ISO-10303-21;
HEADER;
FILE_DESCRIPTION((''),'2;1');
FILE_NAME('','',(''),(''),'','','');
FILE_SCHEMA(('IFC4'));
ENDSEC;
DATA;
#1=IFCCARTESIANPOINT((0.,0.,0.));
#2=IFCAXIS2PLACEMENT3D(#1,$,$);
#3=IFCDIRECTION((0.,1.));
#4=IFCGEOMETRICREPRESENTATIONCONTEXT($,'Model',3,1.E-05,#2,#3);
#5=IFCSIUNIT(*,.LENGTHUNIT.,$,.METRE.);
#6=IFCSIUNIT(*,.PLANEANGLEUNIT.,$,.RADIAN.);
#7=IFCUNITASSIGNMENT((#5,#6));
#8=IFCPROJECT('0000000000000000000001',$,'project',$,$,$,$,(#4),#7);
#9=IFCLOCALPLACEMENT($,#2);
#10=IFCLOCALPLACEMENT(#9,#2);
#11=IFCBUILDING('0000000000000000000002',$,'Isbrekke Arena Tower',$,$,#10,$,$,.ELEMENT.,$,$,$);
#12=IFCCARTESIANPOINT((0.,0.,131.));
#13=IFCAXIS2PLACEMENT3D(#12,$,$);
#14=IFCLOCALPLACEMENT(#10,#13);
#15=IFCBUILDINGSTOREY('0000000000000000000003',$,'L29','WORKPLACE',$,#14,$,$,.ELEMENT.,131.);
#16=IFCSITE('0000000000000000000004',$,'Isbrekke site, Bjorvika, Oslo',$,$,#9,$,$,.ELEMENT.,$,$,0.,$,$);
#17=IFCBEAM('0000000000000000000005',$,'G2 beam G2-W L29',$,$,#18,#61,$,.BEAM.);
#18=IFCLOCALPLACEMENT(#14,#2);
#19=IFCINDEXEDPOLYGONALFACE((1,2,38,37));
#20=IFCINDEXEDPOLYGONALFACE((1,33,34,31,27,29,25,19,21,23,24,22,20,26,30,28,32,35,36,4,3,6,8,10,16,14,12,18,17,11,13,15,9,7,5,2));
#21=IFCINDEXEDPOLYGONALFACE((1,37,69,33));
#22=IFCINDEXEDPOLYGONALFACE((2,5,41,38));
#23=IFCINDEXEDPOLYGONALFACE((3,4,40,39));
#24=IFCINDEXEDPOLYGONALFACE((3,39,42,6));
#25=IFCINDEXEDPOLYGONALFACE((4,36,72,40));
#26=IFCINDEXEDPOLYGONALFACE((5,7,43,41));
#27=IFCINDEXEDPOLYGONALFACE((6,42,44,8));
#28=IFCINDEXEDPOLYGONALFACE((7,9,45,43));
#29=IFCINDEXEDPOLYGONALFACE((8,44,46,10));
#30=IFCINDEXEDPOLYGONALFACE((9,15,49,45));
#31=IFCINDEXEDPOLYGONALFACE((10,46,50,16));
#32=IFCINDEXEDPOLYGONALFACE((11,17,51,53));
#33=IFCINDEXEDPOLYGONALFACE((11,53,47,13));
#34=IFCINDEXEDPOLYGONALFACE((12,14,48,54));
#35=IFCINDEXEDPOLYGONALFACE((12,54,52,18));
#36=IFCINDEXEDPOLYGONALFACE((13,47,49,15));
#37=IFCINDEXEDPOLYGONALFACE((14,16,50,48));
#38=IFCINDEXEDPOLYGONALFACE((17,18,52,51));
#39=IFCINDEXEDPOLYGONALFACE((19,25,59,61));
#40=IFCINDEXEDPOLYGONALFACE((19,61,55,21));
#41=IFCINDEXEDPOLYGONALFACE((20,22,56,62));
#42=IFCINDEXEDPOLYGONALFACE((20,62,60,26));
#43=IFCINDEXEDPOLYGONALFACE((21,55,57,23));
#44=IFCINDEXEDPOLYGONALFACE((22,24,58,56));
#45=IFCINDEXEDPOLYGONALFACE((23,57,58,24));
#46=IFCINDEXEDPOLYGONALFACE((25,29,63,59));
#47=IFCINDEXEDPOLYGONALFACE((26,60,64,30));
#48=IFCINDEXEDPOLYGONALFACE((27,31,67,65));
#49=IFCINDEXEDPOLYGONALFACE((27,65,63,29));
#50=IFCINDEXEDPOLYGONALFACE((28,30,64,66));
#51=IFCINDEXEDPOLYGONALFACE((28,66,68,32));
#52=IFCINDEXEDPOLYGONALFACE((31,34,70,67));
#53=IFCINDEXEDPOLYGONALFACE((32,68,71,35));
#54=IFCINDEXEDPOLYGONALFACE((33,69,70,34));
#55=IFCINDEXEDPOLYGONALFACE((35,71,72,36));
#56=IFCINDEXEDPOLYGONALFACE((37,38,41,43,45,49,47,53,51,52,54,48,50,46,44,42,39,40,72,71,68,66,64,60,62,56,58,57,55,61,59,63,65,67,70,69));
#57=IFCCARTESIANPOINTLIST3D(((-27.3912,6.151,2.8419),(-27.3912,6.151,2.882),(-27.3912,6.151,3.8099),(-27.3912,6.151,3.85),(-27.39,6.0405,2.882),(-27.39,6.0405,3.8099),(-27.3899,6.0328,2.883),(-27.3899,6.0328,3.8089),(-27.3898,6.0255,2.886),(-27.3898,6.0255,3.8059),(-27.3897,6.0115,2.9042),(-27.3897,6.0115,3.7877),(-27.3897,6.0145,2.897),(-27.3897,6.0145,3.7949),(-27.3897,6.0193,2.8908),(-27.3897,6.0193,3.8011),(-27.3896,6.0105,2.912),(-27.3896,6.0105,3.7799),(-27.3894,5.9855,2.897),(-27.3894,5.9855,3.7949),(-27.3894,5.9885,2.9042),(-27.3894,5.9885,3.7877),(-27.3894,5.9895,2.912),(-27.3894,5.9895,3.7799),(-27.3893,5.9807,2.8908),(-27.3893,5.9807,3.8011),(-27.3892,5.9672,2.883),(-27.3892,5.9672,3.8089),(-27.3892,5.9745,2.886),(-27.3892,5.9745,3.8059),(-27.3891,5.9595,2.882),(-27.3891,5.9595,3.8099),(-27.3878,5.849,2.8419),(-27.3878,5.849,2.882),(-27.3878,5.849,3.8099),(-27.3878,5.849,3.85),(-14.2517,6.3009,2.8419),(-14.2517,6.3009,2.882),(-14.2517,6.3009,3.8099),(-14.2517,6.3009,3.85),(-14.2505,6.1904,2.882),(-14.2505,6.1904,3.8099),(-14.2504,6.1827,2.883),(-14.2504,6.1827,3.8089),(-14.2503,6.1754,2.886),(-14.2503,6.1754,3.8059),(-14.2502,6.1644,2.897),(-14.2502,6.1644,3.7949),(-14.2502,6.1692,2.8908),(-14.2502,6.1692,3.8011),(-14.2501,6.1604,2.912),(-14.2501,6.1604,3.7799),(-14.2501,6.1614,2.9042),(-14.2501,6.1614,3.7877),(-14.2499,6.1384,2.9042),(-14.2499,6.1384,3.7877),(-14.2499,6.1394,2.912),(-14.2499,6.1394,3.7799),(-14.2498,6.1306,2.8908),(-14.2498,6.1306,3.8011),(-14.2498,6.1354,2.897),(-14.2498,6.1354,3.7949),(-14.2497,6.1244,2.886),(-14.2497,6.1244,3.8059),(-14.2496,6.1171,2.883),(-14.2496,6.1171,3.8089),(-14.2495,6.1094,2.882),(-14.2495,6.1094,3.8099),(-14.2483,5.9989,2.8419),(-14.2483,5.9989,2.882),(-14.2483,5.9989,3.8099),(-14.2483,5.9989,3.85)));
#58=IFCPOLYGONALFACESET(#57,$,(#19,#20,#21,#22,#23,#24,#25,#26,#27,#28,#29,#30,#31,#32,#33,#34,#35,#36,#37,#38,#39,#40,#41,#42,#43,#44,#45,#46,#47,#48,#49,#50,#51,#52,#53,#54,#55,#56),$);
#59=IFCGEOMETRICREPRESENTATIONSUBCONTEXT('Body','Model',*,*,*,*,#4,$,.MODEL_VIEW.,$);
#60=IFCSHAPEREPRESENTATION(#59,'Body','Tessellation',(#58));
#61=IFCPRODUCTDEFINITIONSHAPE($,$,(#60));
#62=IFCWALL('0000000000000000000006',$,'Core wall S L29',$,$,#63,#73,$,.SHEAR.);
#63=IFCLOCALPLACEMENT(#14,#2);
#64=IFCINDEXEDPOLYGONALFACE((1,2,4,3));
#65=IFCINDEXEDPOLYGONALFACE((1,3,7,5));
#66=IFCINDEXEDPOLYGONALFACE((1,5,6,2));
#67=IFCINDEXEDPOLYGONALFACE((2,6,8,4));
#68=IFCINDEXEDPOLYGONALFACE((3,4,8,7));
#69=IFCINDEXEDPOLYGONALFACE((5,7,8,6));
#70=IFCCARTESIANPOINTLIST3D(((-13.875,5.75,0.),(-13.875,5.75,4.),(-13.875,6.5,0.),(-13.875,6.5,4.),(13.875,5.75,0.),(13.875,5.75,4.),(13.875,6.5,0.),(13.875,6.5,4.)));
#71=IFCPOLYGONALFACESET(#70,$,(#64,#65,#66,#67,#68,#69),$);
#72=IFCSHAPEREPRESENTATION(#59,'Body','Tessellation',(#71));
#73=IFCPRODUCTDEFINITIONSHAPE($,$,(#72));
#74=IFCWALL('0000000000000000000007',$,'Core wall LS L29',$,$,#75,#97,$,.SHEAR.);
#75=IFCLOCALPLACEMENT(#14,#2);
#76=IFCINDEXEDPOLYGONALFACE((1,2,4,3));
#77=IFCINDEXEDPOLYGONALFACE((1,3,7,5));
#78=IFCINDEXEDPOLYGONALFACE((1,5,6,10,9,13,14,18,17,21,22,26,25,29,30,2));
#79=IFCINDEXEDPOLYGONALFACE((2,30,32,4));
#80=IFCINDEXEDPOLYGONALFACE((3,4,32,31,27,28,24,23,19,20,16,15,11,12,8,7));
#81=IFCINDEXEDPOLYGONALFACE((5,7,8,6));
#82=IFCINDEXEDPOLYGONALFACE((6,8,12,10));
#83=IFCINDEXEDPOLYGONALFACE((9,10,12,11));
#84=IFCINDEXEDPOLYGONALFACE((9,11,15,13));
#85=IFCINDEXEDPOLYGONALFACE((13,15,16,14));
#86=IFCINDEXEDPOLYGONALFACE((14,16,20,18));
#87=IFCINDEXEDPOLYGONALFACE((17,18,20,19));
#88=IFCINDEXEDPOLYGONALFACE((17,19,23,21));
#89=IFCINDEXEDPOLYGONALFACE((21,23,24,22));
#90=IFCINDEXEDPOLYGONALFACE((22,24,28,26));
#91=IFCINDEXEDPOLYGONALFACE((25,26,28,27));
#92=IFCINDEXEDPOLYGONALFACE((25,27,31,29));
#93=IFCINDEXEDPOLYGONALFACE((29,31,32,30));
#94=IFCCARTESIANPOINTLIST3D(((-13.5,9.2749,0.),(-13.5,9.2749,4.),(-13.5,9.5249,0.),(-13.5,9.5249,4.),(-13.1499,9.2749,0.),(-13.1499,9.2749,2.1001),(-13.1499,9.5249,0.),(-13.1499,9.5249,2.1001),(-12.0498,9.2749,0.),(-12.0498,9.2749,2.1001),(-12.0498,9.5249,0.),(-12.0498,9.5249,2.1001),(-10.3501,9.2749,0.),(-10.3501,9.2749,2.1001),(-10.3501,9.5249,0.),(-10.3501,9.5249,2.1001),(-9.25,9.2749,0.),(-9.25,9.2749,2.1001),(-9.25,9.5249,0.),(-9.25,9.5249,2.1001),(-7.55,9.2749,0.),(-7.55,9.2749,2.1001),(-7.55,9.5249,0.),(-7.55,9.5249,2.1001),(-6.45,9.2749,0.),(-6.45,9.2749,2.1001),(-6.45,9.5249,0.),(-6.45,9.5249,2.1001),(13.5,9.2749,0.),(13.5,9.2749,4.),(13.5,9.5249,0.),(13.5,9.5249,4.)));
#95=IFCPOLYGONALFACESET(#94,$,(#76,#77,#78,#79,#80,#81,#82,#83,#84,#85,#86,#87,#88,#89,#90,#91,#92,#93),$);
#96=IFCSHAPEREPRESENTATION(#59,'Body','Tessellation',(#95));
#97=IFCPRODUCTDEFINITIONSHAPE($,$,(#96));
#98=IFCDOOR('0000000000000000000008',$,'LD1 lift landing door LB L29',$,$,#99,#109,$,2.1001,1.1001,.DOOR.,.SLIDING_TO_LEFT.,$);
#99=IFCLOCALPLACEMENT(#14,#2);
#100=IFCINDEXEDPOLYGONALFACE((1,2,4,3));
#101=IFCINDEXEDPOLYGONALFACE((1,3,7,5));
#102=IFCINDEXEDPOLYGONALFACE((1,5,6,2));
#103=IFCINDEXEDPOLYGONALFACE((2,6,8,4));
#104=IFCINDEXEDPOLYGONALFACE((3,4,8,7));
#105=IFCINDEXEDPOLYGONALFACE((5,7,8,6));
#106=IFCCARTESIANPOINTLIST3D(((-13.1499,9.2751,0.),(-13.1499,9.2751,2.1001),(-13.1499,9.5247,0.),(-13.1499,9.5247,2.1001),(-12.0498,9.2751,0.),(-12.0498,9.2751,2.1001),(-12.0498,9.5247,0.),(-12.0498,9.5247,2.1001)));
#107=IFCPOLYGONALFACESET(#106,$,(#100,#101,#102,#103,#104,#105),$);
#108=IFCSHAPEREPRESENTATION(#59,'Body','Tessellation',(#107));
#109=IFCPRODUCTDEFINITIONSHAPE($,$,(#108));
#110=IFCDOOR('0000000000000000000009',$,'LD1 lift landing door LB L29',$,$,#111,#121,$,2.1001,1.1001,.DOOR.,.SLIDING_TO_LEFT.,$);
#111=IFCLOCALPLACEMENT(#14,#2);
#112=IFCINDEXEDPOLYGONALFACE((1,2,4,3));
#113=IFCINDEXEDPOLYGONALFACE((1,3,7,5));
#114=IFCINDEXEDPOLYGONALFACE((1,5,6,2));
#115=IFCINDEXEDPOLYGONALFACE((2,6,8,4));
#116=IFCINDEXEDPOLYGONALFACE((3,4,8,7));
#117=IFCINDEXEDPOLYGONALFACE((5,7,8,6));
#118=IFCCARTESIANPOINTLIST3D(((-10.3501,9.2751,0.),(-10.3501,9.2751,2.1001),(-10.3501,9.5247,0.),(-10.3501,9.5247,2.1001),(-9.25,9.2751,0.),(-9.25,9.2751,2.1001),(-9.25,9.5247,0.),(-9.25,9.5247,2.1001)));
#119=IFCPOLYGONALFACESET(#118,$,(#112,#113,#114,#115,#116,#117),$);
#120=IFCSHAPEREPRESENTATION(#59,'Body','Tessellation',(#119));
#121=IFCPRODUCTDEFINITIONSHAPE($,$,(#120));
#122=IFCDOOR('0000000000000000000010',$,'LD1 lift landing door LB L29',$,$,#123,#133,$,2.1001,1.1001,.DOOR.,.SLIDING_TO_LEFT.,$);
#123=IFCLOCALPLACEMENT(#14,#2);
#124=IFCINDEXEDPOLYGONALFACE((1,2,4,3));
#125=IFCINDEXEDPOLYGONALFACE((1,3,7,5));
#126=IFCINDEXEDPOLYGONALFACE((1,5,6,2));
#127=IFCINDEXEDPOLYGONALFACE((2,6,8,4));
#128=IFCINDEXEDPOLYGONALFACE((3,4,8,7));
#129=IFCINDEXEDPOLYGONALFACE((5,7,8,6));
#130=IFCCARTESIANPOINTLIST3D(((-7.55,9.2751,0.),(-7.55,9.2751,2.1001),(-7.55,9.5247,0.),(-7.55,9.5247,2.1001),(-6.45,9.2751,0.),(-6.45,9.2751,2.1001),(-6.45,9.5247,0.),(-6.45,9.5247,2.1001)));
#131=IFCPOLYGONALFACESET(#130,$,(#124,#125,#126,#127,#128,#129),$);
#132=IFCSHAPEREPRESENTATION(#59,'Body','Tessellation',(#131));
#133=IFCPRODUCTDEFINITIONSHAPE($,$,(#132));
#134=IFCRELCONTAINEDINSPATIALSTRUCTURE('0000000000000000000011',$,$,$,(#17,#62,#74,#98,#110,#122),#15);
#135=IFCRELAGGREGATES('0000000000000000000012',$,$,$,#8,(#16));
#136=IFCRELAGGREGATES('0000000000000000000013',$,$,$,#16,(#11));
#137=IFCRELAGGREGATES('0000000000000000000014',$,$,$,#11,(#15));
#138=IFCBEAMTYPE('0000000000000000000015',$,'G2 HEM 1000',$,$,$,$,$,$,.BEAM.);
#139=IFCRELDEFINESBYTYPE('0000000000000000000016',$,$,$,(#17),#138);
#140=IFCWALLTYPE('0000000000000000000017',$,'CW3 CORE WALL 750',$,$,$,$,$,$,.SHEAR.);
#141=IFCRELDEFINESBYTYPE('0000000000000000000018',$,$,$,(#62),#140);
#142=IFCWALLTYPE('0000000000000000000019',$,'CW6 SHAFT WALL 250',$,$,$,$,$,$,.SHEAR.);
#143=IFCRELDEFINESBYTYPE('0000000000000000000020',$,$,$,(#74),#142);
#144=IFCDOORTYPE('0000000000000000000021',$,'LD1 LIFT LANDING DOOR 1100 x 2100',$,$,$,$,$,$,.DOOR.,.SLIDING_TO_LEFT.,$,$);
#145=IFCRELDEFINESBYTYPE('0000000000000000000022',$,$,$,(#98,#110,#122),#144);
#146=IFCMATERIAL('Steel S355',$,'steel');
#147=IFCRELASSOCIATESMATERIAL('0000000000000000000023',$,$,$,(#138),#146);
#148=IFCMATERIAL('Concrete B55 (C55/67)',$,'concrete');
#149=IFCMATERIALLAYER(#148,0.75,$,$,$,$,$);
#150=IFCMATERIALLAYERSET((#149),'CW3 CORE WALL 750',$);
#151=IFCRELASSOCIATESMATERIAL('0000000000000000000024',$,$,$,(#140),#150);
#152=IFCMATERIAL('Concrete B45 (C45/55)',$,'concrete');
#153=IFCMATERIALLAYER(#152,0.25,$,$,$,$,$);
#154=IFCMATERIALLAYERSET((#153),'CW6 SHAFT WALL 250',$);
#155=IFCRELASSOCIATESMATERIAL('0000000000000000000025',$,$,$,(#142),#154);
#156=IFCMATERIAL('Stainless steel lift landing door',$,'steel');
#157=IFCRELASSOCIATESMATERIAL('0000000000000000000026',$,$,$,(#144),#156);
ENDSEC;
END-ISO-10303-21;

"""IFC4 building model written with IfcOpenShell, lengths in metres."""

from ifc_helpers import new_model, si_unit, direction, frame, frame_2d, origin, origin_2d, place, context, subcontext, project, spatial, rectangle, i_section, extrude, material, layer, layer_set, material_profile, profile_set, type_object, element, fill, save


model = new_model("IFC4")

# Units and contexts
model_context = context("Model", 3, precision=1e-05, world=origin(), true_north=direction((0.0, 1.0)))
body_context = subcontext(model_context, "Body", "Model", "MODEL_VIEW")
ifc_project = project(units=[si_unit("LENGTHUNIT", "METRE"), si_unit("PLANEANGLEUNIT", "RADIAN")], contexts=[model_context])

# Site, building, storey
site_placement = place(None, origin())
site = spatial("IfcSite", under=ifc_project, at=site_placement, Name="Isbrekke site, Bjorvika, Oslo", CompositionType="ELEMENT", RefElevation=0.0)
building_placement = place(site_placement, origin())
building = spatial("IfcBuilding", under=site, at=building_placement, Name="Isbrekke Arena Tower", CompositionType="ELEMENT")
storey_placement = place(building_placement, frame((0.0, 0.0, 131.0)))
storey = spatial("IfcBuildingStorey", under=building, at=storey_placement, Name="L29", Description="WORKPLACE", CompositionType="ELEMENT", Elevation=131.0)

# Beam
ifc_material_1 = material(Name="Steel S355", Category="steel")
ifc_material_profile = material_profile(ifc_material_1, i_section(OverallWidth=0.302, OverallDepth=1.0081, WebThickness=0.021, FlangeThickness=0.04, FilletRadius=0.03, at=origin_2d()), Name="HEM 1000")
ifc_profile_set = profile_set([ifc_material_profile], Name="Steel S355")
beam_type = type_object("IfcBeamType", Name="G2 HEM 1000", PredefinedType="BEAM", material=ifc_profile_set)
beam_placement = place(storey_placement, frame((-14.25, 6.1499, 3.3459), z_axis=(-0.999935, -0.011408, 0.0), x_axis=(0.011408, -0.999935, 0.0)))
element("IfcBeam", 1, at=beam_placement, inside=storey, type_object=beam_type, Name="G2 beam G2-W L29", PredefinedType="BEAM", context=body_context, shape_type="SweptSolid", body=[
    extrude(i_section(OverallWidth=0.302, OverallDepth=1.0081, WebThickness=0.021, FlangeThickness=0.04, FilletRadius=0.03, at=origin_2d()), origin(), (0.0, 0.0, 1.0), 13.1404),
])

# Wall
ifc_material_2 = material(Name="Concrete B55 (C55/67)", Category="concrete")
ifc_layer_1 = layer(ifc_material_2, 0.75)
ifc_layer_set_1 = layer_set([ifc_layer_1], Name="CW3 CORE WALL 750")
wall_type_1 = type_object("IfcWallType", Name="CW3 CORE WALL 750", PredefinedType="SHEAR", material=ifc_layer_set_1)
wall_1_placement = place(storey_placement, frame((-13.875, 6.125, 0.0), z_axis=(0.0, 0.0, 1.0), x_axis=(1.0, 0.0, 0.0)))
element("IfcWall", 2, at=wall_1_placement, inside=storey, type_object=wall_type_1, Name="Core wall S L29", PredefinedType="SHEAR", context=body_context, shape_type="SweptSolid", body=[
    extrude(rectangle(XDim=27.75, YDim=0.75, at=frame_2d((13.875, 0.0))), origin(), (0.0, 0.0, 1.0), 4.0),
])

# Wall, openings, doors
ifc_material_3 = material(Name="Concrete B45 (C45/55)", Category="concrete")
ifc_layer_2 = layer(ifc_material_3, 0.25)
ifc_layer_set_2 = layer_set([ifc_layer_2], Name="CW6 SHAFT WALL 250")
wall_type_2 = type_object("IfcWallType", Name="CW6 SHAFT WALL 250", PredefinedType="SHEAR", material=ifc_layer_set_2)
wall_2_placement = place(storey_placement, frame((-13.5, 9.3999, 0.0), z_axis=(0.0, 0.0, 1.0), x_axis=(1.0, 0.0, 0.0)))
wall_2 = element("IfcWall", 3, at=wall_2_placement, inside=storey, type_object=wall_type_2, Name="Core wall LS L29", PredefinedType="SHEAR", context=body_context, shape_type="SweptSolid", body=[
    extrude(rectangle(XDim=27.0, YDim=0.25, at=frame_2d((13.5, 0.0))), origin(), (0.0, 0.0, 1.0), 4.0),
])
opening_1_placement = place(wall_2_placement, frame((0.3501, 0.0, 0.0)))
opening_1 = element("IfcOpeningElement", 4, at=opening_1_placement, cuts=wall_2, PredefinedType="OPENING", context=body_context, shape_type="SweptSolid", body=[
    extrude(rectangle(XDim=1.1001, YDim=2.1001, at=frame_2d((0.55, 1.05))), frame((0.0, 0.1399, 0.0), z_axis=(0.0, -1.0, 0.0), x_axis=(1.0, 0.0, 0.0)), (0.0, 0.0, 1.0), 0.2798),
])
opening_2_placement = place(wall_2_placement, frame((3.1499, 0.0, 0.0)))
opening_2 = element("IfcOpeningElement", 5, at=opening_2_placement, cuts=wall_2, PredefinedType="OPENING", context=body_context, shape_type="SweptSolid", body=[
    extrude(rectangle(XDim=1.1001, YDim=2.1001, at=frame_2d((0.55, 1.05))), frame((0.0, 0.1399, 0.0), z_axis=(0.0, -1.0, 0.0), x_axis=(1.0, 0.0, 0.0)), (0.0, 0.0, 1.0), 0.2798),
])
opening_3_placement = place(wall_2_placement, frame((5.95, 0.0, 0.0)))
opening_3 = element("IfcOpeningElement", 6, at=opening_3_placement, cuts=wall_2, PredefinedType="OPENING", context=body_context, shape_type="SweptSolid", body=[
    extrude(rectangle(XDim=1.1001, YDim=2.1001, at=frame_2d((0.55, 1.05))), frame((0.0, 0.1399, 0.0), z_axis=(0.0, -1.0, 0.0), x_axis=(1.0, 0.0, 0.0)), (0.0, 0.0, 1.0), 0.2798),
])
ifc_material_4 = material(Name="Stainless steel lift landing door", Category="steel")
door_type_1 = type_object("IfcDoorType", Name="LD1 LIFT LANDING DOOR 1100 x 2100", OperationType="SLIDING_TO_LEFT", PredefinedType="DOOR", material=ifc_material_4)
door_1_placement = place(opening_1_placement, origin())
door_1 = element("IfcDoor", 7, at=door_1_placement, inside=storey, type_object=door_type_1, Name="LD1 lift landing door LB L29", OperationType="SLIDING_TO_LEFT", OverallHeight=2.1001, OverallWidth=1.1001, PredefinedType="DOOR", context=body_context, shape_type="SweptSolid", body=[
    extrude(rectangle(XDim=1.1001, YDim=2.1001, at=frame_2d((0.55, 1.05))), frame((0.0, 0.1248, 0.0), z_axis=(0.0, -1.0, 0.0), x_axis=(1.0, 0.0, 0.0)), (0.0, 0.0, 1.0), 0.2495),
])
fill(opening_1, door_1)
door_2_placement = place(opening_2_placement, origin())
door_2 = element("IfcDoor", 8, at=door_2_placement, inside=storey, type_object=door_type_1, Name="LD1 lift landing door LB L29", OperationType="SLIDING_TO_LEFT", OverallHeight=2.1001, OverallWidth=1.1001, PredefinedType="DOOR", context=body_context, shape_type="SweptSolid", body=[
    extrude(rectangle(XDim=1.1001, YDim=2.1001, at=frame_2d((0.55, 1.05))), frame((0.0, 0.1248, 0.0), z_axis=(0.0, -1.0, 0.0), x_axis=(1.0, 0.0, 0.0)), (0.0, 0.0, 1.0), 0.2495),
])
fill(opening_2, door_2)
door_3_placement = place(opening_3_placement, origin())
door_3 = element("IfcDoor", 9, at=door_3_placement, inside=storey, type_object=door_type_1, Name="LD1 lift landing door LB L29", OperationType="SLIDING_TO_LEFT", OverallHeight=2.1001, OverallWidth=1.1001, PredefinedType="DOOR", context=body_context, shape_type="SweptSolid", body=[
    extrude(rectangle(XDim=1.1001, YDim=2.1001, at=frame_2d((0.55, 1.05))), frame((0.0, 0.1248, 0.0), z_axis=(0.0, -1.0, 0.0), x_axis=(1.0, 0.0, 0.0)), (0.0, 0.0, 1.0), 0.2495),
])
fill(opening_3, door_3)

save(model, "model.ifc")
